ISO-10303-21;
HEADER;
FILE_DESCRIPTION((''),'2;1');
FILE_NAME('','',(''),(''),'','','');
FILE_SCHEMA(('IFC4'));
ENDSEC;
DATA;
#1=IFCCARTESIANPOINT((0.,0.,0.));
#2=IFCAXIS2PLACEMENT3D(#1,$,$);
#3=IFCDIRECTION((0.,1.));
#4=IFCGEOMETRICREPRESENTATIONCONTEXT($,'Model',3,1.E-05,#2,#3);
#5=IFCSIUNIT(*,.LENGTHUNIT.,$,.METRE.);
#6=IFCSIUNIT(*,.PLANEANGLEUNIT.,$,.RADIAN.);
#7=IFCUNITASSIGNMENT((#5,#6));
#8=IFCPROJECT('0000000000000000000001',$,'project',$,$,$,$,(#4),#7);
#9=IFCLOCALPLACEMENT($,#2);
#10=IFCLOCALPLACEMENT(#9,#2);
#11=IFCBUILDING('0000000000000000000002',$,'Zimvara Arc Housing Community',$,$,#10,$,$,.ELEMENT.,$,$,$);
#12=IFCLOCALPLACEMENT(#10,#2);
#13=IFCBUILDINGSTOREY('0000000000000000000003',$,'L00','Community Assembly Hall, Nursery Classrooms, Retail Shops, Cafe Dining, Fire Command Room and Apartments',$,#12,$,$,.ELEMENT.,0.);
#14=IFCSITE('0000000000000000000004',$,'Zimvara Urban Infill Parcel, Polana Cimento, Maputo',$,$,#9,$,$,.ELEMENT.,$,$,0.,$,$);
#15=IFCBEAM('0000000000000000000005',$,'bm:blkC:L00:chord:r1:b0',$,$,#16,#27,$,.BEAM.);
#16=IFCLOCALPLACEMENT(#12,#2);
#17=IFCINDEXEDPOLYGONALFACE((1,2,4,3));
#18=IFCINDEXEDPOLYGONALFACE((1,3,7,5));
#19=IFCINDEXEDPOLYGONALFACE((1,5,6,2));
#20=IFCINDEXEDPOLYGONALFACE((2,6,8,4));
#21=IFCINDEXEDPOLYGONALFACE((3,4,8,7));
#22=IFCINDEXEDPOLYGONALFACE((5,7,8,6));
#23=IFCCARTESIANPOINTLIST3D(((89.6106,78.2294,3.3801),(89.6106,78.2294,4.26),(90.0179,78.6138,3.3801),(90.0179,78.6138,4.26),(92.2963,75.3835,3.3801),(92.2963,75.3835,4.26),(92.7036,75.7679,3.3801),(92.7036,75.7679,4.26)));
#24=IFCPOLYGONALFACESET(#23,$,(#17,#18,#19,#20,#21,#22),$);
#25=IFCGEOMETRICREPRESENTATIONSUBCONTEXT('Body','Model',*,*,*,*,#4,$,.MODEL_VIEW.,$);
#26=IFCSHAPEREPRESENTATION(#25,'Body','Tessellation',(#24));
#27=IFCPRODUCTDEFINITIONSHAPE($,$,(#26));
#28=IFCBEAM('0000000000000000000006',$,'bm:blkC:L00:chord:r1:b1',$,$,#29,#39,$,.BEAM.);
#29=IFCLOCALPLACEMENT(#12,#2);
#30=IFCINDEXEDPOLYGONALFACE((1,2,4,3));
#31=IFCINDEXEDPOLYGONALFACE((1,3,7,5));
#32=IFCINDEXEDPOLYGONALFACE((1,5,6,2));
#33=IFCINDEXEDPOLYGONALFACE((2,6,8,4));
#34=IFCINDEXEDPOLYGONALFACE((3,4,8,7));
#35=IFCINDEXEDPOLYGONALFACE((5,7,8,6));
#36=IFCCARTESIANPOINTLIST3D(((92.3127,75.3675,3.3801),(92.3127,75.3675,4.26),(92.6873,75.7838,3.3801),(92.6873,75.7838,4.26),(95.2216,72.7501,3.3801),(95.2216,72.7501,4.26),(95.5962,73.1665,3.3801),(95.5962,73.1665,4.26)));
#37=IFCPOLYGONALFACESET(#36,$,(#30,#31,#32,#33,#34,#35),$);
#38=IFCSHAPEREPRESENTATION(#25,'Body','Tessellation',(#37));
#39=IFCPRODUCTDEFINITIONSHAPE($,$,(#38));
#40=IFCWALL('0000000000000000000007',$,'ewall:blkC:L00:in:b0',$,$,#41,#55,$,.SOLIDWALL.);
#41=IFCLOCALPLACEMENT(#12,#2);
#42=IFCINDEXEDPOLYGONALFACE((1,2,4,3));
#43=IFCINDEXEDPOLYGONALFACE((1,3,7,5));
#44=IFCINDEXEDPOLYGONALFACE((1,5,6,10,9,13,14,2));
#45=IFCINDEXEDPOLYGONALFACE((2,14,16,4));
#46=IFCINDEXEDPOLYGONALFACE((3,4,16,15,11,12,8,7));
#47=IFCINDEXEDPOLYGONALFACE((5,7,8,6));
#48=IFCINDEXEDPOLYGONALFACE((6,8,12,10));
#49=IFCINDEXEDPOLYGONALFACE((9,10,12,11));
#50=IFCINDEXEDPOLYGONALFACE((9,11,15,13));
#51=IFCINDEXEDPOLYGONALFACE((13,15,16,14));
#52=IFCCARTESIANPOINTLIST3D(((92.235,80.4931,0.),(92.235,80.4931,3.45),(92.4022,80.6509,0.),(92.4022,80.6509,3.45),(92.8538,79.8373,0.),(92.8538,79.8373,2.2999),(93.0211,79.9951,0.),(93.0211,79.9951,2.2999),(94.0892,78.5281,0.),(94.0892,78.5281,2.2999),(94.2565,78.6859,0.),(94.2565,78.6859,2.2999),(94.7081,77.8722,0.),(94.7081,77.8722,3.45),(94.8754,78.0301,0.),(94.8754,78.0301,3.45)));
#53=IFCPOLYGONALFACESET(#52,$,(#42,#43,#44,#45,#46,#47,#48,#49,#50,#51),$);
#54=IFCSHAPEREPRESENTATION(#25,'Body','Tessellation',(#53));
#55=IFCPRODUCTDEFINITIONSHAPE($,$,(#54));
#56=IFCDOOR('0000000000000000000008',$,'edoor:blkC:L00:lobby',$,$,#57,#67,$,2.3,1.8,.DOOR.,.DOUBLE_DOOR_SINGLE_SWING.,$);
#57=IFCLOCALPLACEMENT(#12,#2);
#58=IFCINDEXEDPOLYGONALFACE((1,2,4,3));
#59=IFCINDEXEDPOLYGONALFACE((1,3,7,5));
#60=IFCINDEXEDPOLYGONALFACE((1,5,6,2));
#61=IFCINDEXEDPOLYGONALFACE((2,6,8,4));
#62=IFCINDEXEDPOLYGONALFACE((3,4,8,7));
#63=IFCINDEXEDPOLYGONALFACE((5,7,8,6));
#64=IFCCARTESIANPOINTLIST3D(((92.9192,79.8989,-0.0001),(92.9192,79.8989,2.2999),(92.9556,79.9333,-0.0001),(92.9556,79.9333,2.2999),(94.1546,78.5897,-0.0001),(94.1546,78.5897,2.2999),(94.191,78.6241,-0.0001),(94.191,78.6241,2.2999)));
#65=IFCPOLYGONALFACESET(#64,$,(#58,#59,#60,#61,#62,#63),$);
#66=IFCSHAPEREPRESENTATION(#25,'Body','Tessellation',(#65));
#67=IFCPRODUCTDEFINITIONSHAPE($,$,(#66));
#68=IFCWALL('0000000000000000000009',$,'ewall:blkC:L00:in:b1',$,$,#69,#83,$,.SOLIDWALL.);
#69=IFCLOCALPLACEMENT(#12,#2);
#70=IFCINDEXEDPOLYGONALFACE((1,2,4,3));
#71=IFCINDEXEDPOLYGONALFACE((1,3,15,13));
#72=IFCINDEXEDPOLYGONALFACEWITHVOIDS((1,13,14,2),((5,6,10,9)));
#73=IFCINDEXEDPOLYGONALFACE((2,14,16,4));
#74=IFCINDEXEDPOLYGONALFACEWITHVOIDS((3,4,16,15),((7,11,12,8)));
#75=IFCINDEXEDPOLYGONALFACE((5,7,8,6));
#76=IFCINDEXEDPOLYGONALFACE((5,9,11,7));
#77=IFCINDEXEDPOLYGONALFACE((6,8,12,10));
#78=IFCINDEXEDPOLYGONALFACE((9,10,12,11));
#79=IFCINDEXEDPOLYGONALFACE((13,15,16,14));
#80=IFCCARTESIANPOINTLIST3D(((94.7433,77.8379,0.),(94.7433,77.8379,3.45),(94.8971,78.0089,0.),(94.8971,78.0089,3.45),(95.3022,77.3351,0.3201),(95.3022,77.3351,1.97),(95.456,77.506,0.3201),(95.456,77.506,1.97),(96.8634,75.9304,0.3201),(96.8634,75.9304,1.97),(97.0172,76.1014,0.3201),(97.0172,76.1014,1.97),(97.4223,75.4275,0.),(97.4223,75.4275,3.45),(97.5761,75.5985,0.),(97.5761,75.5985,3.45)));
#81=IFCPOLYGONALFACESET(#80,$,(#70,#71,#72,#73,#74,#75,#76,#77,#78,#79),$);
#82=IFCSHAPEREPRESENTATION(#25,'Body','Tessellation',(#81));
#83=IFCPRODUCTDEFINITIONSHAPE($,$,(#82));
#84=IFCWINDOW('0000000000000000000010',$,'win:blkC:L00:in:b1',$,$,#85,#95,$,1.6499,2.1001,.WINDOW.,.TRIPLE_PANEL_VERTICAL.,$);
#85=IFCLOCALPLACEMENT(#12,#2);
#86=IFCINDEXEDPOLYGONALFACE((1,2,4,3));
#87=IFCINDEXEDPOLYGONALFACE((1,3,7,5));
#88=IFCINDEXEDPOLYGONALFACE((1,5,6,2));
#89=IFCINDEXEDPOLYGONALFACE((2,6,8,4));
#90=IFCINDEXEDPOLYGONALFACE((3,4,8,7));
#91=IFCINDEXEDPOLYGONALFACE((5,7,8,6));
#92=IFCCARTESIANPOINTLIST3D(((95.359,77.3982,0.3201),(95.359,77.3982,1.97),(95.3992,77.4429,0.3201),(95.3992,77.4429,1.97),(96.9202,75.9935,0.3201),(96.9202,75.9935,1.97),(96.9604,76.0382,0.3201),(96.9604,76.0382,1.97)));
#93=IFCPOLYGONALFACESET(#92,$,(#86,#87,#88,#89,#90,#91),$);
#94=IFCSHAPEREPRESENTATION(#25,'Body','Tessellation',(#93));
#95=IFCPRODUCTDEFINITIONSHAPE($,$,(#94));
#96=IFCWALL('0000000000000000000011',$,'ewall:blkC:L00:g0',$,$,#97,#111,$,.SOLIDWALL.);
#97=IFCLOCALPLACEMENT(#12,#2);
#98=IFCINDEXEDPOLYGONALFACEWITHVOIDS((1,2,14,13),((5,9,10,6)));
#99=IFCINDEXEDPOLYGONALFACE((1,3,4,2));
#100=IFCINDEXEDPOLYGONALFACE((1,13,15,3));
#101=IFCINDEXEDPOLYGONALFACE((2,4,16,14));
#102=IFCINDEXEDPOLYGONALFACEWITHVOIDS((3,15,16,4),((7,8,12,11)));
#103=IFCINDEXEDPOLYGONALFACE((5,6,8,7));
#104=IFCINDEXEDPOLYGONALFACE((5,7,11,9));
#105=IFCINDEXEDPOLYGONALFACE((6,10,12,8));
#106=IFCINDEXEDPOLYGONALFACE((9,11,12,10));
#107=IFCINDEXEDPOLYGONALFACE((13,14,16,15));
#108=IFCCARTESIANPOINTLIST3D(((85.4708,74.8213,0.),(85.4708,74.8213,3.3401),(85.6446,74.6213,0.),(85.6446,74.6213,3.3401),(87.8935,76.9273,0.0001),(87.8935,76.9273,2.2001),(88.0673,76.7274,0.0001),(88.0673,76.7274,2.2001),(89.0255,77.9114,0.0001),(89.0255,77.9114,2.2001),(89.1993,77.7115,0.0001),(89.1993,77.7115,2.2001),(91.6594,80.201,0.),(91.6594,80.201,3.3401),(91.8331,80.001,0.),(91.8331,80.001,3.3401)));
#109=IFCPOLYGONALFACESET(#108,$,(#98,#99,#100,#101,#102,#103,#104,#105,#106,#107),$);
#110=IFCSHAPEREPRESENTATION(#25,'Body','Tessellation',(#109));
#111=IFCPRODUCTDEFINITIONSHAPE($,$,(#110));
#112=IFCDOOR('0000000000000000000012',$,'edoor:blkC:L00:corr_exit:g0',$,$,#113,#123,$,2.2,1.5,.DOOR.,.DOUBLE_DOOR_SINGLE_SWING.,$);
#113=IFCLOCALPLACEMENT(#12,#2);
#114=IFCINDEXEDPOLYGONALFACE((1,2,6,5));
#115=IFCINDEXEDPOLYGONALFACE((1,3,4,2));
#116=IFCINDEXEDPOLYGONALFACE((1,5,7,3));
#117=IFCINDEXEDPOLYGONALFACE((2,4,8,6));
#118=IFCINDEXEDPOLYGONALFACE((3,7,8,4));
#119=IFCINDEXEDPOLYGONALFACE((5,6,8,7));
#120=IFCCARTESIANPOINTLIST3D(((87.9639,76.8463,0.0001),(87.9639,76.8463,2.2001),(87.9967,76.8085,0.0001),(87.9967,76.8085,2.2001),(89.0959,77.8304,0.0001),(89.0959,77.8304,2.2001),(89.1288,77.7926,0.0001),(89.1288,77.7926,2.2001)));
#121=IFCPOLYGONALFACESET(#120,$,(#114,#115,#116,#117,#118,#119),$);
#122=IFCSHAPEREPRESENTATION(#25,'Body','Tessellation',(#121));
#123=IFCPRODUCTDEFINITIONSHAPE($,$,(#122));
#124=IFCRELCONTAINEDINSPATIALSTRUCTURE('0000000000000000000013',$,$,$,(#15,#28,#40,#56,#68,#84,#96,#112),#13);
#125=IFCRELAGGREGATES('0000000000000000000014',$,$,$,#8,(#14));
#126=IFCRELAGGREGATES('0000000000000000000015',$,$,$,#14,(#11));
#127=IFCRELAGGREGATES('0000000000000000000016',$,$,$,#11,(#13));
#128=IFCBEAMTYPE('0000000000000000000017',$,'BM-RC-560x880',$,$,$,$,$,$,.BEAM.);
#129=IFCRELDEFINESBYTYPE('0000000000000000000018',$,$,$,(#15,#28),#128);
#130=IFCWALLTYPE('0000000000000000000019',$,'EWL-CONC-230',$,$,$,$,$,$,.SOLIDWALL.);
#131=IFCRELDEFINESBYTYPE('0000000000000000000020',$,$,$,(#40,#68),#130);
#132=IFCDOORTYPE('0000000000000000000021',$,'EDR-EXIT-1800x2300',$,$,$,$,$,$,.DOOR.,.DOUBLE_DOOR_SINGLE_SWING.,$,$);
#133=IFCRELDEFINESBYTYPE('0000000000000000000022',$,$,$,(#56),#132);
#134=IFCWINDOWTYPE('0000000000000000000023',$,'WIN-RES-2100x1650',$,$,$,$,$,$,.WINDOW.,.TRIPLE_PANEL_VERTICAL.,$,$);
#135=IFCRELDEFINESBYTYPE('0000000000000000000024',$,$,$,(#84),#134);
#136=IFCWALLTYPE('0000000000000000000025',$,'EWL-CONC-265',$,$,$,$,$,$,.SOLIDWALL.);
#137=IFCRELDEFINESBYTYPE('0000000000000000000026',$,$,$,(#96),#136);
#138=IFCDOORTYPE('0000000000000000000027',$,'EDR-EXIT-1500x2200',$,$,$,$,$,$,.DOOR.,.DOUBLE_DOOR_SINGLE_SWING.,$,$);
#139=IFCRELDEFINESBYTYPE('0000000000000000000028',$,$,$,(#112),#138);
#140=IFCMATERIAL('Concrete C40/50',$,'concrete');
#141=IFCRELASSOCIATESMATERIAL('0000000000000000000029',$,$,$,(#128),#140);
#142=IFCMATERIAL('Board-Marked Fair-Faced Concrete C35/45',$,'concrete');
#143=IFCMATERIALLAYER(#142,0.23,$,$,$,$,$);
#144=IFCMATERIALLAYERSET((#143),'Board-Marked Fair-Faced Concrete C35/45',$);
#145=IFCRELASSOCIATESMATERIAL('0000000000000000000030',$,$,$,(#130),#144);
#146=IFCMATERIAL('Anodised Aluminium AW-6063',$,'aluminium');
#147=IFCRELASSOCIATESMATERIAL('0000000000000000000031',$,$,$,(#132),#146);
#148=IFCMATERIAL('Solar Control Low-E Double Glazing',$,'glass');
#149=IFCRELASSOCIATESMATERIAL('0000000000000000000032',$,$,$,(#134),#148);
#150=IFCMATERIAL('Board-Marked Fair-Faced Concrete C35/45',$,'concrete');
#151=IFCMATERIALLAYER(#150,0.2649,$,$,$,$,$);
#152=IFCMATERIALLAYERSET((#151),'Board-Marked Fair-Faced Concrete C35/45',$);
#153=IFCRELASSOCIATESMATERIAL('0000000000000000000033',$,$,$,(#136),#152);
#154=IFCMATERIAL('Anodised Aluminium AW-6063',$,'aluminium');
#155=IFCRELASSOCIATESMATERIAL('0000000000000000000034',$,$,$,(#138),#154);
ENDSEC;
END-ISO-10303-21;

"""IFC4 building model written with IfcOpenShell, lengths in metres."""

from ifc_helpers import new_model, si_unit, direction, frame, frame_2d, origin, origin_2d, place, context, subcontext, project, spatial, rectangle, extrude, material, layer, layer_set, material_profile, profile_set, type_object, element, fill, save


model = new_model("IFC4")

# Units and contexts
model_context = context("Model", 3, precision=1e-05, world=origin(), true_north=direction((0.0, 1.0)))
body_context = subcontext(model_context, "Body", "Model", "MODEL_VIEW")
ifc_project = project(units=[si_unit("LENGTHUNIT", "METRE"), si_unit("PLANEANGLEUNIT", "RADIAN")], contexts=[model_context])

# Site, building, storey
site_placement = place(None, origin())
site = spatial("IfcSite", under=ifc_project, at=site_placement, Name="Zimvara Urban Infill Parcel, Polana Cimento, Maputo", CompositionType="ELEMENT", RefElevation=0.0)
building_placement = place(site_placement, origin())
building = spatial("IfcBuilding", under=site, at=building_placement, Name="Zimvara Arc Housing Community", CompositionType="ELEMENT")
storey_placement = place(building_placement, origin())
storey = spatial("IfcBuildingStorey", under=building, at=storey_placement, Name="L00", Description="Community Assembly Hall, Nursery Classrooms, Retail Shops, Cafe Dining, Fire Command Room and Apartments", CompositionType="ELEMENT", Elevation=0.0)

# Beams
ifc_material_1 = material(Name="Concrete C40/50", Category="concrete")
ifc_material_profile_1 = material_profile(ifc_material_1, rectangle(XDim=0.5601, YDim=0.8799, at=origin_2d()), Name="RC 560x880")
ifc_profile_set_1 = profile_set([ifc_material_profile_1], Name="Concrete C40/50")
beam_type_1 = type_object("IfcBeamType", Name="BM-RC-560x880", PredefinedType="BEAM", material=ifc_profile_set_1)
for number, where, z_axis, x_axis, name in (
    (1, (89.8142, 78.4216, 3.8201), (0.686347, -0.727274, 0.0), (0.727274, 0.686347, 0.0), "bm:blkC:L00:chord:r1:b0"),
    (2, (92.5, 75.5757, 3.8201), (0.743372, -0.668879, 0.0), (0.668879, 0.743372, 0.0), "bm:blkC:L00:chord:r1:b1"),
):
    element("IfcBeam", number, at=place(storey_placement, frame(where, z_axis=z_axis, x_axis=x_axis)), inside=storey, type_object=beam_type_1, Name=name, PredefinedType="BEAM", context=body_context, shape_type="SweptSolid", body=[
        extrude(rectangle(XDim=0.5601, YDim=0.8799, at=origin_2d()), origin(), (0.0, 0.0, 1.0), 3.9131),
    ])

# Wall, opening, door
ifc_material_2 = material(Name="Board-Marked Fair-Faced Concrete C35/45", Category="concrete")
ifc_layer_1 = layer(ifc_material_2, 0.23)
ifc_layer_set_1 = layer_set([ifc_layer_1], Name="Board-Marked Fair-Faced Concrete C35/45")
wall_type_1 = type_object("IfcWallType", Name="EWL-CONC-230", PredefinedType="SOLIDWALL", material=ifc_layer_set_1)
wall_1_placement = place(storey_placement, frame((92.3186, 80.572, 0.0), z_axis=(0.0, 0.0, 1.0), x_axis=(0.686315, -0.727304, 0.0)))
wall_1 = element("IfcWall", 3, at=wall_1_placement, inside=storey, type_object=wall_type_1, Name="ewall:blkC:L00:in:b0", PredefinedType="SOLIDWALL", context=body_context, shape_type="SweptSolid", body=[
    extrude(rectangle(XDim=3.6035, YDim=0.23, at=frame_2d((1.8018, 0.0))), origin(), (0.0, 0.0, 1.0), 3.45),
])
opening_1_placement = place(wall_1_placement, frame((0.9019, 0.0, 0.0)))
opening_1 = element("IfcOpeningElement", 4, at=opening_1_placement, cuts=wall_1, PredefinedType="OPENING", context=body_context, shape_type="SweptSolid", body=[
    extrude(rectangle(XDim=1.8, YDim=2.3, at=frame_2d((0.8999, 1.1499))), frame((0.0, 0.125, 0.0), z_axis=(0.0, -1.0, 0.0), x_axis=(1.0, 0.0, 0.0)), (0.0, 0.0, 1.0), 0.25),
])
ifc_material_3 = material(Name="Anodised Aluminium AW-6063", Category="aluminium")
door_type_1 = type_object("IfcDoorType", Name="EDR-EXIT-1800x2300", OperationType="DOUBLE_DOOR_SINGLE_SWING", PredefinedType="DOOR", material=ifc_material_3)
door_1_placement = place(opening_1_placement, origin())
door_1 = element("IfcDoor", 5, at=door_1_placement, inside=storey, type_object=door_type_1, Name="edoor:blkC:L00:lobby", OperationType="DOUBLE_DOOR_SINGLE_SWING", OverallHeight=2.3, OverallWidth=1.8, PredefinedType="DOOR", context=body_context, shape_type="SweptSolid", body=[
    extrude(rectangle(XDim=1.8, YDim=2.3, at=frame_2d((0.8999, 1.1499))), frame((0.0, 0.0249, 0.0), z_axis=(0.0, -1.0, 0.0), x_axis=(1.0, 0.0, 0.0)), (0.0, 0.0, 1.0), 0.05),
])
fill(opening_1, door_1)

# Wall, opening, window
wall_2_placement = place(storey_placement, frame((94.8203, 77.9233, 0.0), z_axis=(0.0, 0.0, 1.0), x_axis=(0.743385, -0.668864, 0.0)))
wall_2 = element("IfcWall", 6, at=wall_2_placement, inside=storey, type_object=wall_type_1, Name="ewall:blkC:L00:in:b1", PredefinedType="SOLIDWALL", context=body_context, shape_type="SweptSolid", body=[
    extrude(rectangle(XDim=3.6038, YDim=0.23, at=frame_2d((1.8018, 0.0))), origin(), (0.0, 0.0, 1.0), 3.45),
])
opening_2_placement = place(wall_2_placement, frame((0.7517, 0.0, 0.3201)))
opening_2 = element("IfcOpeningElement", 7, at=opening_2_placement, cuts=wall_2, PredefinedType="OPENING", context=body_context, shape_type="SweptSolid", body=[
    extrude(rectangle(XDim=2.1001, YDim=1.6499, at=frame_2d((1.05, 0.825))), frame((0.0, 0.125, 0.0), z_axis=(0.0, -1.0, 0.0), x_axis=(1.0, 0.0, 0.0)), (0.0, 0.0, 1.0), 0.25),
])
ifc_material_4 = material(Name="Solar Control Low-E Double Glazing", Category="glass")
window_type = type_object("IfcWindowType", Name="WIN-RES-2100x1650", PartitioningType="TRIPLE_PANEL_VERTICAL", PredefinedType="WINDOW", material=ifc_material_4)
window_placement = place(opening_2_placement, origin())
window = element("IfcWindow", 8, at=window_placement, inside=storey, type_object=window_type, Name="win:blkC:L00:in:b1", OverallHeight=1.6499, OverallWidth=2.1001, PartitioningType="TRIPLE_PANEL_VERTICAL", PredefinedType="WINDOW", context=body_context, shape_type="SweptSolid", body=[
    extrude(rectangle(XDim=2.1001, YDim=1.6499, at=frame_2d((1.05, 0.825))), frame((0.0, 0.03, 0.0), z_axis=(0.0, -1.0, 0.0), x_axis=(1.0, 0.0, 0.0)), (0.0, 0.0, 1.0), 0.0601),
])
fill(opening_2, window)

# Wall, opening, door
ifc_material_5 = material(Name="Board-Marked Fair-Faced Concrete C35/45", Category="concrete")
ifc_layer_2 = layer(ifc_material_5, 0.2649)
ifc_layer_set_2 = layer_set([ifc_layer_2], Name="Board-Marked Fair-Faced Concrete C35/45")
wall_type_2 = type_object("IfcWallType", Name="EWL-CONC-265", PredefinedType="SOLIDWALL", material=ifc_layer_set_2)
wall_3_placement = place(storey_placement, frame((91.7463, 80.1011, 0.0), z_axis=(0.0, 0.0, 1.0), x_axis=(-0.754705, -0.656064, 0.0)))
wall_3 = element("IfcWall", 9, at=wall_3_placement, inside=storey, type_object=wall_type_2, Name="ewall:blkC:L00:g0", PredefinedType="SOLIDWALL", context=body_context, shape_type="SweptSolid", body=[
    extrude(rectangle(XDim=8.2, YDim=0.2649, at=frame_2d((4.1001, 0.0))), origin(), (0.0, 0.0, 1.0), 3.3401),
])
opening_3_placement = place(wall_3_placement, frame((3.49, 0.0, 0.0)))
opening_3 = element("IfcOpeningElement", 10, at=opening_3_placement, cuts=wall_3, PredefinedType="OPENING", context=body_context, shape_type="SweptSolid", body=[
    extrude(rectangle(XDim=1.5, YDim=2.2, at=frame_2d((0.75, 1.1001))), frame((0.0, 0.1423, 0.0), z_axis=(0.0, -1.0, 0.0), x_axis=(1.0, 0.0, 0.0)), (0.0, 0.0, 1.0), 0.2849),
])
ifc_material_6 = material(Name="Anodised Aluminium AW-6063", Category="aluminium")
door_type_2 = type_object("IfcDoorType", Name="EDR-EXIT-1500x2200", OperationType="DOUBLE_DOOR_SINGLE_SWING", PredefinedType="DOOR", material=ifc_material_6)
door_2_placement = place(opening_3_placement, origin())
door_2 = element("IfcDoor", 11, at=door_2_placement, inside=storey, type_object=door_type_2, Name="edoor:blkC:L00:corr_exit:g0", OperationType="DOUBLE_DOOR_SINGLE_SWING", OverallHeight=2.2, OverallWidth=1.5, PredefinedType="DOOR", context=body_context, shape_type="SweptSolid", body=[
    extrude(rectangle(XDim=1.5, YDim=2.2, at=frame_2d((0.75, 1.1001))), frame((0.0, 0.0249, 0.0), z_axis=(0.0, -1.0, 0.0), x_axis=(1.0, 0.0, 0.0)), (0.0, 0.0, 1.0), 0.05),
])
fill(opening_3, door_2)

save(model, "model.ifc")
